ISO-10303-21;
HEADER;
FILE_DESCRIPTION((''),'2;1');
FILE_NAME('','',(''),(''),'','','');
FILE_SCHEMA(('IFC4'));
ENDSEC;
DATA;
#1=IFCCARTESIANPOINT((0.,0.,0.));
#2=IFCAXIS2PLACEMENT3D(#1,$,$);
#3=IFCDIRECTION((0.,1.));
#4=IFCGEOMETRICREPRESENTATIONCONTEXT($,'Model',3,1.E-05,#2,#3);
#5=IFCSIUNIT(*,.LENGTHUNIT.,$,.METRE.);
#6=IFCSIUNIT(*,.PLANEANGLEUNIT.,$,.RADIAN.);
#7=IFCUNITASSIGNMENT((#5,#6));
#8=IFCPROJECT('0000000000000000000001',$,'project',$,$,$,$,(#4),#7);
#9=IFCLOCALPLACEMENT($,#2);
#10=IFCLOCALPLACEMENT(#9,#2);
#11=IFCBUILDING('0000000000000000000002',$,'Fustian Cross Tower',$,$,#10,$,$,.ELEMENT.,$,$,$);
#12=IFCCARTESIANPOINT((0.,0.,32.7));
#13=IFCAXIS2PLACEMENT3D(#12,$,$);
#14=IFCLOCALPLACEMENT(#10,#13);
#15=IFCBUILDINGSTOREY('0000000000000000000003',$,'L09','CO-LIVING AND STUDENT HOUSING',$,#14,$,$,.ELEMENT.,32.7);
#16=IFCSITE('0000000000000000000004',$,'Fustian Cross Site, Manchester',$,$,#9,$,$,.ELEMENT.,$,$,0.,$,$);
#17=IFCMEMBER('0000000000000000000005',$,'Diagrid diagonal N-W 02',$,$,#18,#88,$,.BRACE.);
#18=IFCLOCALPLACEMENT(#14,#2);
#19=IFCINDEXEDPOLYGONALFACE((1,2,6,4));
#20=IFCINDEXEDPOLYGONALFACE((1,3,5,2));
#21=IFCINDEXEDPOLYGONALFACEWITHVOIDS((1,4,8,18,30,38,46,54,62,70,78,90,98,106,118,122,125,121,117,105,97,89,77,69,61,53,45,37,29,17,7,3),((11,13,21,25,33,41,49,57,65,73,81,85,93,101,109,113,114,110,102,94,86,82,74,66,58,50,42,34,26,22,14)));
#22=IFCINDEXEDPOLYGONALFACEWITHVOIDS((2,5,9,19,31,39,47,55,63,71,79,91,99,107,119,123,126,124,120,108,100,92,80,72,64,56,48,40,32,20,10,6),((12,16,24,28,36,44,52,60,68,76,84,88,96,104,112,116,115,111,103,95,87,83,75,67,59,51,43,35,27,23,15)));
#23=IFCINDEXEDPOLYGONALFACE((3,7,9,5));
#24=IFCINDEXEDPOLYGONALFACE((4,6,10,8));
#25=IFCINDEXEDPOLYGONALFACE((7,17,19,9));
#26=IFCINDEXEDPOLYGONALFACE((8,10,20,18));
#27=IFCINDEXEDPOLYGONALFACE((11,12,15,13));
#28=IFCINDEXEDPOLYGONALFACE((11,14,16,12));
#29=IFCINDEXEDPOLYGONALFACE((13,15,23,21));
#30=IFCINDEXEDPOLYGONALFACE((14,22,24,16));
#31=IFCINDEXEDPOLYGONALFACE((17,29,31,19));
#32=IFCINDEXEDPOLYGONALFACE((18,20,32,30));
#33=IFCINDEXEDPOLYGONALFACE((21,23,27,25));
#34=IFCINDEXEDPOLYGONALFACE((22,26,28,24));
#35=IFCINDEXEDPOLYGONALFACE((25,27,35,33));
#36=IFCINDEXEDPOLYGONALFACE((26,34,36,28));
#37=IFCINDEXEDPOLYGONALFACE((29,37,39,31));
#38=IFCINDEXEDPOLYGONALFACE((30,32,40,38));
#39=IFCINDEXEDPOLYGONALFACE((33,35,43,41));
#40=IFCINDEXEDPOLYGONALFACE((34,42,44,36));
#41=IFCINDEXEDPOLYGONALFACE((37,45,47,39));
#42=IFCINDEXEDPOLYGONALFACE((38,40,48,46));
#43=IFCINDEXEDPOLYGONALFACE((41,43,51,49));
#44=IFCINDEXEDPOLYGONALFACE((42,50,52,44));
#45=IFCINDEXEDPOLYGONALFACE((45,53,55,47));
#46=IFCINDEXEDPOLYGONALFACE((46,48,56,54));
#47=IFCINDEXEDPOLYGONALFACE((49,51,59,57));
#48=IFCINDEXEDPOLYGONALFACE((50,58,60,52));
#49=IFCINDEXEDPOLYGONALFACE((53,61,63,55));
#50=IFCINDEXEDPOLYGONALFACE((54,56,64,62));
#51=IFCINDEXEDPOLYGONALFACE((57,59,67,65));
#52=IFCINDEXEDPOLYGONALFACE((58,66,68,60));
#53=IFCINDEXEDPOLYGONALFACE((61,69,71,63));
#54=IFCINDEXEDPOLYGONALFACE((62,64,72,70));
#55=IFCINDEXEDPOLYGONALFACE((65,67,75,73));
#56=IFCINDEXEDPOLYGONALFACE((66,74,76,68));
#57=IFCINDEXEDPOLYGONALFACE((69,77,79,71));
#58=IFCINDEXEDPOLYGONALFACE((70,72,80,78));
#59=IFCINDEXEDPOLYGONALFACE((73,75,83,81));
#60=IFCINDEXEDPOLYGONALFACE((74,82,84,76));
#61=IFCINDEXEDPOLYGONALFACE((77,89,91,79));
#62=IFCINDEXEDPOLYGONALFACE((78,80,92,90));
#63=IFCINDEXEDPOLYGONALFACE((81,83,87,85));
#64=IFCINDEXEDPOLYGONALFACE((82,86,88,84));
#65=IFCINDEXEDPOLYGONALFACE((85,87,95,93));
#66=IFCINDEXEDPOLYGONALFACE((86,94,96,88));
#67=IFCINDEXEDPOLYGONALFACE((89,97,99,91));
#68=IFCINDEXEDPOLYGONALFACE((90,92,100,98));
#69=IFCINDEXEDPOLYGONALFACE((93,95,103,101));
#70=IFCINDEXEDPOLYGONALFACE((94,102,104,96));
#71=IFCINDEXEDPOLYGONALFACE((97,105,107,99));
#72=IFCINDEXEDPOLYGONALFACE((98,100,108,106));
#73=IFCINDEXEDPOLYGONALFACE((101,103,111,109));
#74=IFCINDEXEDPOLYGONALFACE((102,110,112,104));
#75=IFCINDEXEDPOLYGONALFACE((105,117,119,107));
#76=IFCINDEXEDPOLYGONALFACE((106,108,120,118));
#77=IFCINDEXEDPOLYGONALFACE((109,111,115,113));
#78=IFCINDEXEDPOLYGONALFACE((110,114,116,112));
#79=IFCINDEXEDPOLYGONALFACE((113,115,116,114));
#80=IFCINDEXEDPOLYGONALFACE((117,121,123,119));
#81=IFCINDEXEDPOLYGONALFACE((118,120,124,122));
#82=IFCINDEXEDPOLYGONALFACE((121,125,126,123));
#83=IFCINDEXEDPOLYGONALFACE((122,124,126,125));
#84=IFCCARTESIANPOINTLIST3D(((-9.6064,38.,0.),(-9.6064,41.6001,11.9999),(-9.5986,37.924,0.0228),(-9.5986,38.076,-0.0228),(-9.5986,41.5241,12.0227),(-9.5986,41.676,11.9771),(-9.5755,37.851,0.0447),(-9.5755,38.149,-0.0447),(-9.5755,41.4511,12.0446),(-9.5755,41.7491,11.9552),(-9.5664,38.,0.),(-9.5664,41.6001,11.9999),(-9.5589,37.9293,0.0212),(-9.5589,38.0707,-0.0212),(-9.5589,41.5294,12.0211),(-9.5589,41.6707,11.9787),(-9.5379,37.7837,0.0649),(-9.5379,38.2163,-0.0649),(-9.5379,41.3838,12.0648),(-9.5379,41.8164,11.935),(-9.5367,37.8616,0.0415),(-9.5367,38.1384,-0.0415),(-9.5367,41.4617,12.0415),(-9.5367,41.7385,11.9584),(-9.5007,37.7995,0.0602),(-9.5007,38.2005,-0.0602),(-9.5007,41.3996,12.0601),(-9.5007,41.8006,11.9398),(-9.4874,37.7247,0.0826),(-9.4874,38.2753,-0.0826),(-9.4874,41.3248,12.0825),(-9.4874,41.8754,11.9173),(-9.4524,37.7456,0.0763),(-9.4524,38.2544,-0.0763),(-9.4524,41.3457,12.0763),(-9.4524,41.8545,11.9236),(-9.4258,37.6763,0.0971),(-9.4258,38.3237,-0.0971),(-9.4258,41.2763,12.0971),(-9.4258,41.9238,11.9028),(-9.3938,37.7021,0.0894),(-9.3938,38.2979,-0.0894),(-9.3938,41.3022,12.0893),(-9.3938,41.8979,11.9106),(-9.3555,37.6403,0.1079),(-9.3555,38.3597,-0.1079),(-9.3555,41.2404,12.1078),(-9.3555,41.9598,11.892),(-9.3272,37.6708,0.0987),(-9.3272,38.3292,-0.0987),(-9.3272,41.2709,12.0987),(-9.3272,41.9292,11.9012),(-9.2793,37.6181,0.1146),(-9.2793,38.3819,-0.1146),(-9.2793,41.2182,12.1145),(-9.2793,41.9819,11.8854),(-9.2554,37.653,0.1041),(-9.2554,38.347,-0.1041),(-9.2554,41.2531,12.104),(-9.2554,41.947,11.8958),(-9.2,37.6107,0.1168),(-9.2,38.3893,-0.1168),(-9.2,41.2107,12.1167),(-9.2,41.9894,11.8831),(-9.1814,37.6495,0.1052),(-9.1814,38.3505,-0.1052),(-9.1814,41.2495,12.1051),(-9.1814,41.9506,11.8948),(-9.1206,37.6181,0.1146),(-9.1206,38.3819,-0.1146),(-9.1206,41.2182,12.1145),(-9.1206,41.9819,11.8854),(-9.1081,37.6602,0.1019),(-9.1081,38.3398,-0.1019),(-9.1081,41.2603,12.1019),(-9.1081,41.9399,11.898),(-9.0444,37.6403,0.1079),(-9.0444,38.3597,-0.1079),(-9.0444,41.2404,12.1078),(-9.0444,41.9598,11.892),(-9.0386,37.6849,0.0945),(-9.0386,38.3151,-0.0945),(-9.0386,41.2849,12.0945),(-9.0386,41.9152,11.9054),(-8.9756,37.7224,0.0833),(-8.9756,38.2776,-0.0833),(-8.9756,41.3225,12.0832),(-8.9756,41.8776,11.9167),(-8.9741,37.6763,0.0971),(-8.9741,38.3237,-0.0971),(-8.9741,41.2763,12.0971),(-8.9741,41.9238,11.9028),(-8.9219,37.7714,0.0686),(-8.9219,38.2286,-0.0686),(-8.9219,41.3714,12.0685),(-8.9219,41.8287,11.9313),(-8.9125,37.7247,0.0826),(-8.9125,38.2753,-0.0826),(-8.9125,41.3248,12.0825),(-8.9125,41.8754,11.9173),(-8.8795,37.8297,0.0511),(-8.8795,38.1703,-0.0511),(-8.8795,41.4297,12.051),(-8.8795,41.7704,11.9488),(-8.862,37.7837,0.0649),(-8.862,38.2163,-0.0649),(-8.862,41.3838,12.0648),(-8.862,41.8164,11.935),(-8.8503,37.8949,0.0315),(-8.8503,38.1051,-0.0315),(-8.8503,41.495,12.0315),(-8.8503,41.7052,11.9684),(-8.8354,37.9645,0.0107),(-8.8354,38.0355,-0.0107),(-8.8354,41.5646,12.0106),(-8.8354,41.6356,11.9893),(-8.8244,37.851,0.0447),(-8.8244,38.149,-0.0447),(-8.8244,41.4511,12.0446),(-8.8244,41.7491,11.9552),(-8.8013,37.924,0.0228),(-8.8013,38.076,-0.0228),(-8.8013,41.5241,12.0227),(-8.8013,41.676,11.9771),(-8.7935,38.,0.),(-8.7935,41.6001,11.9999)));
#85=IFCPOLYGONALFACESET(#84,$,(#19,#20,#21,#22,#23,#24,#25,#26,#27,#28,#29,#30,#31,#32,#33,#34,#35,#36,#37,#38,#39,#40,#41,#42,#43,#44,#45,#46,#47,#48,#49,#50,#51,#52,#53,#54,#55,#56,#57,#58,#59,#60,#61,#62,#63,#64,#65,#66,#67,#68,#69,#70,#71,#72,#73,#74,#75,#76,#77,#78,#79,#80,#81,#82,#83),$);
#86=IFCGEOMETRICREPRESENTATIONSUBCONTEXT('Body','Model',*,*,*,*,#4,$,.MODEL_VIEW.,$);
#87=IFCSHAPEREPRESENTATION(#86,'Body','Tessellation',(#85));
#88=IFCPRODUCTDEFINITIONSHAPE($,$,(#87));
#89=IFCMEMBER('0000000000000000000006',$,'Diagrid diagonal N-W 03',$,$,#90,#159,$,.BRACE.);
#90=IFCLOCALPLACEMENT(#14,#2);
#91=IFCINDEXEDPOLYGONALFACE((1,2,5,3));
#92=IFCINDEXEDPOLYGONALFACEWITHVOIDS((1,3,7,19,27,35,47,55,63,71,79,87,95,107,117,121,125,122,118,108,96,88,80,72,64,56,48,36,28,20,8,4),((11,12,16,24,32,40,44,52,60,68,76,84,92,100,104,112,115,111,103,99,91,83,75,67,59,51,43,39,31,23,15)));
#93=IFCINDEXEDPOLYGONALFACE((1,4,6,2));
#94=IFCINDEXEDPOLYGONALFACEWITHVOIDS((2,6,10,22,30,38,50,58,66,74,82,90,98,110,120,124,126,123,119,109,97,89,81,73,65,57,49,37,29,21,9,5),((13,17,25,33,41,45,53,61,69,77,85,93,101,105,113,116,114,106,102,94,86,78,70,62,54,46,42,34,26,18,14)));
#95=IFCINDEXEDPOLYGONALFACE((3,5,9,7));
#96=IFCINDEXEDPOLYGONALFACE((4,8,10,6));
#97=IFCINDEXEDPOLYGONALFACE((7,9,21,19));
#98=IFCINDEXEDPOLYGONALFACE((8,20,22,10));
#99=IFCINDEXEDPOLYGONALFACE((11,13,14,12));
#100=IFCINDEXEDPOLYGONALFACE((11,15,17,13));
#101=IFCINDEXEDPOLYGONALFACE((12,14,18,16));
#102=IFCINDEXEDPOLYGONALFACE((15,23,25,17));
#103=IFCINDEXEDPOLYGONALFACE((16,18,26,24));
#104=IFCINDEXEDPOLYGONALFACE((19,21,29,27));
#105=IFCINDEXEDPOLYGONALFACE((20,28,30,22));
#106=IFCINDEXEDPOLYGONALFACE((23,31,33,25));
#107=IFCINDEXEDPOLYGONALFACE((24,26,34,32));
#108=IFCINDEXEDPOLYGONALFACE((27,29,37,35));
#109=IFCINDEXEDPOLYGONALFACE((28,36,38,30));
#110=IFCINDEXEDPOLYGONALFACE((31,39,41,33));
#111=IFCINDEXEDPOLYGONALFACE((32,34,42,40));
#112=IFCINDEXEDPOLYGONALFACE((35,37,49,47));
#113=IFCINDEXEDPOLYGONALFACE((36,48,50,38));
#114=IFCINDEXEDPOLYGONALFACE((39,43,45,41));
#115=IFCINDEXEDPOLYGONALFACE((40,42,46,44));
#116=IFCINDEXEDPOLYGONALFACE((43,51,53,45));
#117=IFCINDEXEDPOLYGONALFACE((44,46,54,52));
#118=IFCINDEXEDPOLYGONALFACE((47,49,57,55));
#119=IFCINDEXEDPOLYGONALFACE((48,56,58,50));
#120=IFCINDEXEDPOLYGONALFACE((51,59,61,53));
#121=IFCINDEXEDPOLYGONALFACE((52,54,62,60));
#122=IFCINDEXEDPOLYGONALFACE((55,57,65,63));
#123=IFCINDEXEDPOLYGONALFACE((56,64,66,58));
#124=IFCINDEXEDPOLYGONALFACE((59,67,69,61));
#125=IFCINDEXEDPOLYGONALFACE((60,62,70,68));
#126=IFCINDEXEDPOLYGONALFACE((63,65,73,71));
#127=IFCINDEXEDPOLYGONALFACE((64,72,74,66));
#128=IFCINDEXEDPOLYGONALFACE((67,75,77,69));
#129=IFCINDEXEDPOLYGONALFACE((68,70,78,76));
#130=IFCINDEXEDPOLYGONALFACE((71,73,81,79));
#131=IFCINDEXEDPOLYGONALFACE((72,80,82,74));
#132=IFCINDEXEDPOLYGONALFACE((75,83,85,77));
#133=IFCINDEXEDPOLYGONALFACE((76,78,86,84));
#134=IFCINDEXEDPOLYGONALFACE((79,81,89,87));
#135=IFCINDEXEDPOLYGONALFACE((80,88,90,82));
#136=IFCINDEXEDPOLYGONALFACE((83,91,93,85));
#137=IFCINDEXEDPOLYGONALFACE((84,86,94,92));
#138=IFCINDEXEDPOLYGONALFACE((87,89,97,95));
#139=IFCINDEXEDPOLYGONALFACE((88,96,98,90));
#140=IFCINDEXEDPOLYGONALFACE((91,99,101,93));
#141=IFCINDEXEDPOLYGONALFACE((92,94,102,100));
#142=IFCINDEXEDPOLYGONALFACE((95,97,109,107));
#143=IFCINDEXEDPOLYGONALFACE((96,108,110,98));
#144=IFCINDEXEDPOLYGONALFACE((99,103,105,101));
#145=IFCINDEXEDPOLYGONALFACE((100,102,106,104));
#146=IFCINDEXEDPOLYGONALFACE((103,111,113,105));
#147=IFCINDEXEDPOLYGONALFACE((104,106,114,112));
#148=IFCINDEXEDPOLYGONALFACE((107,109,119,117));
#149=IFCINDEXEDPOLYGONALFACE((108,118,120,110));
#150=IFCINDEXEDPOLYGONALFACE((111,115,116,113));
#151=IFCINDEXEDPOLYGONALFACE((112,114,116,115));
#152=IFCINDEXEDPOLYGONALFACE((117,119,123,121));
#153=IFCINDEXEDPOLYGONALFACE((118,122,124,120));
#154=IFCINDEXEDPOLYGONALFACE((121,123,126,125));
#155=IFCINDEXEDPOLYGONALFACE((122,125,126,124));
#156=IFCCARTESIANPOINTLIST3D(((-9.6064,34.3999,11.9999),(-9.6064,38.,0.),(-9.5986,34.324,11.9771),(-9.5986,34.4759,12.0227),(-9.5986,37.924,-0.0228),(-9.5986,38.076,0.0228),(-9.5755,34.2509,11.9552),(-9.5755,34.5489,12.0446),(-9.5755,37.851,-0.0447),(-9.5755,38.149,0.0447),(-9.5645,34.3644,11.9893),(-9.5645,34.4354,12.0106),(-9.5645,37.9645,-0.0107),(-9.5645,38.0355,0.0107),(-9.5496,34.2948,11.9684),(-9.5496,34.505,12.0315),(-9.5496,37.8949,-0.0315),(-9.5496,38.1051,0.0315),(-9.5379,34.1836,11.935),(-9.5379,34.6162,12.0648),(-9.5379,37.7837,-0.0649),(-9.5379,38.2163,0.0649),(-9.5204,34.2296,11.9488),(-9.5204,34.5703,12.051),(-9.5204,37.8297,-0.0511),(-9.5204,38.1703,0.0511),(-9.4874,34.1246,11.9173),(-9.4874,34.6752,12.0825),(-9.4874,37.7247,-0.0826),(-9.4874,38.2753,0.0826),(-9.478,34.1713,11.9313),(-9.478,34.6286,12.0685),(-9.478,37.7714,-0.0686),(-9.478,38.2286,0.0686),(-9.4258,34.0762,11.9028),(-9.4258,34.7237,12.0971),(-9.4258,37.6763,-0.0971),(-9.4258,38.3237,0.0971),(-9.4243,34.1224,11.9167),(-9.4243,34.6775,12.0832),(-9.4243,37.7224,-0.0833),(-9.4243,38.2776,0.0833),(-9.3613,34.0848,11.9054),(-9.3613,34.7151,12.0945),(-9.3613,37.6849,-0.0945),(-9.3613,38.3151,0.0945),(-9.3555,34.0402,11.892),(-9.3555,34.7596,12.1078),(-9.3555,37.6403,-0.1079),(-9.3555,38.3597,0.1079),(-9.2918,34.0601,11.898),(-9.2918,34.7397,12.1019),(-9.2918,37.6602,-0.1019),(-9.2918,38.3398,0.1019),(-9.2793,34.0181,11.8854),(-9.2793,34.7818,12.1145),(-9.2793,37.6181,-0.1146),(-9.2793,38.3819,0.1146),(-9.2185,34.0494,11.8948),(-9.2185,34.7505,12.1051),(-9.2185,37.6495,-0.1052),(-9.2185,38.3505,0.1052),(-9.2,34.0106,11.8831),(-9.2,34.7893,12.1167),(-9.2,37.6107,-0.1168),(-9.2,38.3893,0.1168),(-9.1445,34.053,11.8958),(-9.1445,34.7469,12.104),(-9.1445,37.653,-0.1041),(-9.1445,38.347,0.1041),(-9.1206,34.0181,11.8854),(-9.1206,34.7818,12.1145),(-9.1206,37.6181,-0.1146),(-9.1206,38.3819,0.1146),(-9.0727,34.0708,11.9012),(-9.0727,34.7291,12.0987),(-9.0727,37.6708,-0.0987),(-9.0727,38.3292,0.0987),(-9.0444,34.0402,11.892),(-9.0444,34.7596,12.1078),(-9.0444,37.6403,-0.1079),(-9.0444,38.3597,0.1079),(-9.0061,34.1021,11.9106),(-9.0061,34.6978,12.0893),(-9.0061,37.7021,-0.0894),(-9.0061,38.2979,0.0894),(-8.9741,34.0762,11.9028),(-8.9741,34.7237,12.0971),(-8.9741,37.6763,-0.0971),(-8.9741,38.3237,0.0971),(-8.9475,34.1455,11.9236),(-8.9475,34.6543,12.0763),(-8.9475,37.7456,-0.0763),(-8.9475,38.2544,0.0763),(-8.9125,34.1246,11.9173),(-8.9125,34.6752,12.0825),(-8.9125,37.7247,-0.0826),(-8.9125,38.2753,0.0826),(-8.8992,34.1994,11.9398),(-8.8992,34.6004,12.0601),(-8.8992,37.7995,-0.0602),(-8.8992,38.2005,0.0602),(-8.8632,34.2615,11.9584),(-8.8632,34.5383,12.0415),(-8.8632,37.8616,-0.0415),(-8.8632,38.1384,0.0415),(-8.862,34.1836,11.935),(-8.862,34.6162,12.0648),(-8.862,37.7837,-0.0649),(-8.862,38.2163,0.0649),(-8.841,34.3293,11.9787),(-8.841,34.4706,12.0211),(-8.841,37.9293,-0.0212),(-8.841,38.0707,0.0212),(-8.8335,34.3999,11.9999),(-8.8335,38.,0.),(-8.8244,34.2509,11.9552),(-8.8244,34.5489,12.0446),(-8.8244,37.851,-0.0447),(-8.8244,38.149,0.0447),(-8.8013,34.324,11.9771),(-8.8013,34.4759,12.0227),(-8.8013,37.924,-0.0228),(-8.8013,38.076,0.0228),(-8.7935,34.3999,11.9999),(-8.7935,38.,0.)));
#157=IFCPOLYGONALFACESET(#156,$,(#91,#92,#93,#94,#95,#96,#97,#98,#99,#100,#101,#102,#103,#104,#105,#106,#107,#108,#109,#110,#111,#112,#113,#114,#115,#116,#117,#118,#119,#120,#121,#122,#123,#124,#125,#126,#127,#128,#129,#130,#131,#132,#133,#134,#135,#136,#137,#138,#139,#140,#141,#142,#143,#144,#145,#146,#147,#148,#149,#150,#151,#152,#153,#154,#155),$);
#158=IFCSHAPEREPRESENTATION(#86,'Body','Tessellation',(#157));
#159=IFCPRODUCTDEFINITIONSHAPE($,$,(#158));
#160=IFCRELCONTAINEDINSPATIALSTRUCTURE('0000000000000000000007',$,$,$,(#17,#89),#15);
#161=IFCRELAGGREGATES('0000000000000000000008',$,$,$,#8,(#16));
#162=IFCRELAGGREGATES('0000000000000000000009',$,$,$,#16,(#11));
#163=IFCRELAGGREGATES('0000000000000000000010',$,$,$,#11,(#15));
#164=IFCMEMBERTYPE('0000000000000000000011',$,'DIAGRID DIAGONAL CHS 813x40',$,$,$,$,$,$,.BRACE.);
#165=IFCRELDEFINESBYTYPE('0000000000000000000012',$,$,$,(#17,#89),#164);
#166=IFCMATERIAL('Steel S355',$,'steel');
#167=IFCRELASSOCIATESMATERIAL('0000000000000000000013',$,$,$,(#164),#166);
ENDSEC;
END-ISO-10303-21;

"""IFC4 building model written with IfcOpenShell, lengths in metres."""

from ifc_helpers import new_model, si_unit, direction, frame, origin, origin_2d, place, context, subcontext, project, spatial, hollow_circle, extrude, material, material_profile, profile_set, type_object, element, save


model = new_model("IFC4")

# Units and contexts
model_context = context("Model", 3, precision=1e-05, world=origin(), true_north=direction((0.0, 1.0)))
body_context = subcontext(model_context, "Body", "Model", "MODEL_VIEW")
ifc_project = project(units=[si_unit("LENGTHUNIT", "METRE"), si_unit("PLANEANGLEUNIT", "RADIAN")], contexts=[model_context])

# Site, building, storey
site_placement = place(None, origin())
site = spatial("IfcSite", under=ifc_project, at=site_placement, Name="Fustian Cross Site, Manchester", CompositionType="ELEMENT", RefElevation=0.0)
building_placement = place(site_placement, origin())
building = spatial("IfcBuilding", under=site, at=building_placement, Name="Fustian Cross Tower", CompositionType="ELEMENT")
storey_placement = place(building_placement, frame((0.0, 0.0, 32.7)))
storey = spatial("IfcBuildingStorey", under=building, at=storey_placement, Name="L09", Description="CO-LIVING AND STUDENT HOUSING", CompositionType="ELEMENT", Elevation=32.7)

# Members
ifc_material_1 = material(Name="Steel S355", Category="steel")
ifc_material_profile_1 = material_profile(ifc_material_1, hollow_circle(Radius=0.4065, WallThickness=0.04, at=origin_2d()), Name="CHS 813x40")
ifc_profile_set_1 = profile_set([ifc_material_profile_1], Name="Steel S355")
member_type_1 = type_object("IfcMemberType", Name="DIAGRID DIAGONAL CHS 813x40", PredefinedType="BRACE", material=ifc_profile_set_1)
for number, where, z_axis, x_axis, name in (
    (1, (-9.2, 38.0, 0.0), (0.0, 0.287355, 0.957824), (-1.0, 0.0, 0.0), "Diagrid diagonal N-W 02"),
    (2, (-9.2, 38.0, 0.0), (0.0, -0.287355, 0.957824), (1.0, 0.0, 0.0), "Diagrid diagonal N-W 03"),
):
    element("IfcMember", number, at=place(storey_placement, frame(where, z_axis=z_axis, x_axis=x_axis)), inside=storey, type_object=member_type_1, Name=name, PredefinedType="BRACE", context=body_context, shape_type="SweptSolid", body=[
        extrude(hollow_circle(Radius=0.4065, WallThickness=0.04, at=origin_2d()), origin(), (0.0, 0.0, 1.0), 12.5283),
    ])

save(model, "model.ifc")
